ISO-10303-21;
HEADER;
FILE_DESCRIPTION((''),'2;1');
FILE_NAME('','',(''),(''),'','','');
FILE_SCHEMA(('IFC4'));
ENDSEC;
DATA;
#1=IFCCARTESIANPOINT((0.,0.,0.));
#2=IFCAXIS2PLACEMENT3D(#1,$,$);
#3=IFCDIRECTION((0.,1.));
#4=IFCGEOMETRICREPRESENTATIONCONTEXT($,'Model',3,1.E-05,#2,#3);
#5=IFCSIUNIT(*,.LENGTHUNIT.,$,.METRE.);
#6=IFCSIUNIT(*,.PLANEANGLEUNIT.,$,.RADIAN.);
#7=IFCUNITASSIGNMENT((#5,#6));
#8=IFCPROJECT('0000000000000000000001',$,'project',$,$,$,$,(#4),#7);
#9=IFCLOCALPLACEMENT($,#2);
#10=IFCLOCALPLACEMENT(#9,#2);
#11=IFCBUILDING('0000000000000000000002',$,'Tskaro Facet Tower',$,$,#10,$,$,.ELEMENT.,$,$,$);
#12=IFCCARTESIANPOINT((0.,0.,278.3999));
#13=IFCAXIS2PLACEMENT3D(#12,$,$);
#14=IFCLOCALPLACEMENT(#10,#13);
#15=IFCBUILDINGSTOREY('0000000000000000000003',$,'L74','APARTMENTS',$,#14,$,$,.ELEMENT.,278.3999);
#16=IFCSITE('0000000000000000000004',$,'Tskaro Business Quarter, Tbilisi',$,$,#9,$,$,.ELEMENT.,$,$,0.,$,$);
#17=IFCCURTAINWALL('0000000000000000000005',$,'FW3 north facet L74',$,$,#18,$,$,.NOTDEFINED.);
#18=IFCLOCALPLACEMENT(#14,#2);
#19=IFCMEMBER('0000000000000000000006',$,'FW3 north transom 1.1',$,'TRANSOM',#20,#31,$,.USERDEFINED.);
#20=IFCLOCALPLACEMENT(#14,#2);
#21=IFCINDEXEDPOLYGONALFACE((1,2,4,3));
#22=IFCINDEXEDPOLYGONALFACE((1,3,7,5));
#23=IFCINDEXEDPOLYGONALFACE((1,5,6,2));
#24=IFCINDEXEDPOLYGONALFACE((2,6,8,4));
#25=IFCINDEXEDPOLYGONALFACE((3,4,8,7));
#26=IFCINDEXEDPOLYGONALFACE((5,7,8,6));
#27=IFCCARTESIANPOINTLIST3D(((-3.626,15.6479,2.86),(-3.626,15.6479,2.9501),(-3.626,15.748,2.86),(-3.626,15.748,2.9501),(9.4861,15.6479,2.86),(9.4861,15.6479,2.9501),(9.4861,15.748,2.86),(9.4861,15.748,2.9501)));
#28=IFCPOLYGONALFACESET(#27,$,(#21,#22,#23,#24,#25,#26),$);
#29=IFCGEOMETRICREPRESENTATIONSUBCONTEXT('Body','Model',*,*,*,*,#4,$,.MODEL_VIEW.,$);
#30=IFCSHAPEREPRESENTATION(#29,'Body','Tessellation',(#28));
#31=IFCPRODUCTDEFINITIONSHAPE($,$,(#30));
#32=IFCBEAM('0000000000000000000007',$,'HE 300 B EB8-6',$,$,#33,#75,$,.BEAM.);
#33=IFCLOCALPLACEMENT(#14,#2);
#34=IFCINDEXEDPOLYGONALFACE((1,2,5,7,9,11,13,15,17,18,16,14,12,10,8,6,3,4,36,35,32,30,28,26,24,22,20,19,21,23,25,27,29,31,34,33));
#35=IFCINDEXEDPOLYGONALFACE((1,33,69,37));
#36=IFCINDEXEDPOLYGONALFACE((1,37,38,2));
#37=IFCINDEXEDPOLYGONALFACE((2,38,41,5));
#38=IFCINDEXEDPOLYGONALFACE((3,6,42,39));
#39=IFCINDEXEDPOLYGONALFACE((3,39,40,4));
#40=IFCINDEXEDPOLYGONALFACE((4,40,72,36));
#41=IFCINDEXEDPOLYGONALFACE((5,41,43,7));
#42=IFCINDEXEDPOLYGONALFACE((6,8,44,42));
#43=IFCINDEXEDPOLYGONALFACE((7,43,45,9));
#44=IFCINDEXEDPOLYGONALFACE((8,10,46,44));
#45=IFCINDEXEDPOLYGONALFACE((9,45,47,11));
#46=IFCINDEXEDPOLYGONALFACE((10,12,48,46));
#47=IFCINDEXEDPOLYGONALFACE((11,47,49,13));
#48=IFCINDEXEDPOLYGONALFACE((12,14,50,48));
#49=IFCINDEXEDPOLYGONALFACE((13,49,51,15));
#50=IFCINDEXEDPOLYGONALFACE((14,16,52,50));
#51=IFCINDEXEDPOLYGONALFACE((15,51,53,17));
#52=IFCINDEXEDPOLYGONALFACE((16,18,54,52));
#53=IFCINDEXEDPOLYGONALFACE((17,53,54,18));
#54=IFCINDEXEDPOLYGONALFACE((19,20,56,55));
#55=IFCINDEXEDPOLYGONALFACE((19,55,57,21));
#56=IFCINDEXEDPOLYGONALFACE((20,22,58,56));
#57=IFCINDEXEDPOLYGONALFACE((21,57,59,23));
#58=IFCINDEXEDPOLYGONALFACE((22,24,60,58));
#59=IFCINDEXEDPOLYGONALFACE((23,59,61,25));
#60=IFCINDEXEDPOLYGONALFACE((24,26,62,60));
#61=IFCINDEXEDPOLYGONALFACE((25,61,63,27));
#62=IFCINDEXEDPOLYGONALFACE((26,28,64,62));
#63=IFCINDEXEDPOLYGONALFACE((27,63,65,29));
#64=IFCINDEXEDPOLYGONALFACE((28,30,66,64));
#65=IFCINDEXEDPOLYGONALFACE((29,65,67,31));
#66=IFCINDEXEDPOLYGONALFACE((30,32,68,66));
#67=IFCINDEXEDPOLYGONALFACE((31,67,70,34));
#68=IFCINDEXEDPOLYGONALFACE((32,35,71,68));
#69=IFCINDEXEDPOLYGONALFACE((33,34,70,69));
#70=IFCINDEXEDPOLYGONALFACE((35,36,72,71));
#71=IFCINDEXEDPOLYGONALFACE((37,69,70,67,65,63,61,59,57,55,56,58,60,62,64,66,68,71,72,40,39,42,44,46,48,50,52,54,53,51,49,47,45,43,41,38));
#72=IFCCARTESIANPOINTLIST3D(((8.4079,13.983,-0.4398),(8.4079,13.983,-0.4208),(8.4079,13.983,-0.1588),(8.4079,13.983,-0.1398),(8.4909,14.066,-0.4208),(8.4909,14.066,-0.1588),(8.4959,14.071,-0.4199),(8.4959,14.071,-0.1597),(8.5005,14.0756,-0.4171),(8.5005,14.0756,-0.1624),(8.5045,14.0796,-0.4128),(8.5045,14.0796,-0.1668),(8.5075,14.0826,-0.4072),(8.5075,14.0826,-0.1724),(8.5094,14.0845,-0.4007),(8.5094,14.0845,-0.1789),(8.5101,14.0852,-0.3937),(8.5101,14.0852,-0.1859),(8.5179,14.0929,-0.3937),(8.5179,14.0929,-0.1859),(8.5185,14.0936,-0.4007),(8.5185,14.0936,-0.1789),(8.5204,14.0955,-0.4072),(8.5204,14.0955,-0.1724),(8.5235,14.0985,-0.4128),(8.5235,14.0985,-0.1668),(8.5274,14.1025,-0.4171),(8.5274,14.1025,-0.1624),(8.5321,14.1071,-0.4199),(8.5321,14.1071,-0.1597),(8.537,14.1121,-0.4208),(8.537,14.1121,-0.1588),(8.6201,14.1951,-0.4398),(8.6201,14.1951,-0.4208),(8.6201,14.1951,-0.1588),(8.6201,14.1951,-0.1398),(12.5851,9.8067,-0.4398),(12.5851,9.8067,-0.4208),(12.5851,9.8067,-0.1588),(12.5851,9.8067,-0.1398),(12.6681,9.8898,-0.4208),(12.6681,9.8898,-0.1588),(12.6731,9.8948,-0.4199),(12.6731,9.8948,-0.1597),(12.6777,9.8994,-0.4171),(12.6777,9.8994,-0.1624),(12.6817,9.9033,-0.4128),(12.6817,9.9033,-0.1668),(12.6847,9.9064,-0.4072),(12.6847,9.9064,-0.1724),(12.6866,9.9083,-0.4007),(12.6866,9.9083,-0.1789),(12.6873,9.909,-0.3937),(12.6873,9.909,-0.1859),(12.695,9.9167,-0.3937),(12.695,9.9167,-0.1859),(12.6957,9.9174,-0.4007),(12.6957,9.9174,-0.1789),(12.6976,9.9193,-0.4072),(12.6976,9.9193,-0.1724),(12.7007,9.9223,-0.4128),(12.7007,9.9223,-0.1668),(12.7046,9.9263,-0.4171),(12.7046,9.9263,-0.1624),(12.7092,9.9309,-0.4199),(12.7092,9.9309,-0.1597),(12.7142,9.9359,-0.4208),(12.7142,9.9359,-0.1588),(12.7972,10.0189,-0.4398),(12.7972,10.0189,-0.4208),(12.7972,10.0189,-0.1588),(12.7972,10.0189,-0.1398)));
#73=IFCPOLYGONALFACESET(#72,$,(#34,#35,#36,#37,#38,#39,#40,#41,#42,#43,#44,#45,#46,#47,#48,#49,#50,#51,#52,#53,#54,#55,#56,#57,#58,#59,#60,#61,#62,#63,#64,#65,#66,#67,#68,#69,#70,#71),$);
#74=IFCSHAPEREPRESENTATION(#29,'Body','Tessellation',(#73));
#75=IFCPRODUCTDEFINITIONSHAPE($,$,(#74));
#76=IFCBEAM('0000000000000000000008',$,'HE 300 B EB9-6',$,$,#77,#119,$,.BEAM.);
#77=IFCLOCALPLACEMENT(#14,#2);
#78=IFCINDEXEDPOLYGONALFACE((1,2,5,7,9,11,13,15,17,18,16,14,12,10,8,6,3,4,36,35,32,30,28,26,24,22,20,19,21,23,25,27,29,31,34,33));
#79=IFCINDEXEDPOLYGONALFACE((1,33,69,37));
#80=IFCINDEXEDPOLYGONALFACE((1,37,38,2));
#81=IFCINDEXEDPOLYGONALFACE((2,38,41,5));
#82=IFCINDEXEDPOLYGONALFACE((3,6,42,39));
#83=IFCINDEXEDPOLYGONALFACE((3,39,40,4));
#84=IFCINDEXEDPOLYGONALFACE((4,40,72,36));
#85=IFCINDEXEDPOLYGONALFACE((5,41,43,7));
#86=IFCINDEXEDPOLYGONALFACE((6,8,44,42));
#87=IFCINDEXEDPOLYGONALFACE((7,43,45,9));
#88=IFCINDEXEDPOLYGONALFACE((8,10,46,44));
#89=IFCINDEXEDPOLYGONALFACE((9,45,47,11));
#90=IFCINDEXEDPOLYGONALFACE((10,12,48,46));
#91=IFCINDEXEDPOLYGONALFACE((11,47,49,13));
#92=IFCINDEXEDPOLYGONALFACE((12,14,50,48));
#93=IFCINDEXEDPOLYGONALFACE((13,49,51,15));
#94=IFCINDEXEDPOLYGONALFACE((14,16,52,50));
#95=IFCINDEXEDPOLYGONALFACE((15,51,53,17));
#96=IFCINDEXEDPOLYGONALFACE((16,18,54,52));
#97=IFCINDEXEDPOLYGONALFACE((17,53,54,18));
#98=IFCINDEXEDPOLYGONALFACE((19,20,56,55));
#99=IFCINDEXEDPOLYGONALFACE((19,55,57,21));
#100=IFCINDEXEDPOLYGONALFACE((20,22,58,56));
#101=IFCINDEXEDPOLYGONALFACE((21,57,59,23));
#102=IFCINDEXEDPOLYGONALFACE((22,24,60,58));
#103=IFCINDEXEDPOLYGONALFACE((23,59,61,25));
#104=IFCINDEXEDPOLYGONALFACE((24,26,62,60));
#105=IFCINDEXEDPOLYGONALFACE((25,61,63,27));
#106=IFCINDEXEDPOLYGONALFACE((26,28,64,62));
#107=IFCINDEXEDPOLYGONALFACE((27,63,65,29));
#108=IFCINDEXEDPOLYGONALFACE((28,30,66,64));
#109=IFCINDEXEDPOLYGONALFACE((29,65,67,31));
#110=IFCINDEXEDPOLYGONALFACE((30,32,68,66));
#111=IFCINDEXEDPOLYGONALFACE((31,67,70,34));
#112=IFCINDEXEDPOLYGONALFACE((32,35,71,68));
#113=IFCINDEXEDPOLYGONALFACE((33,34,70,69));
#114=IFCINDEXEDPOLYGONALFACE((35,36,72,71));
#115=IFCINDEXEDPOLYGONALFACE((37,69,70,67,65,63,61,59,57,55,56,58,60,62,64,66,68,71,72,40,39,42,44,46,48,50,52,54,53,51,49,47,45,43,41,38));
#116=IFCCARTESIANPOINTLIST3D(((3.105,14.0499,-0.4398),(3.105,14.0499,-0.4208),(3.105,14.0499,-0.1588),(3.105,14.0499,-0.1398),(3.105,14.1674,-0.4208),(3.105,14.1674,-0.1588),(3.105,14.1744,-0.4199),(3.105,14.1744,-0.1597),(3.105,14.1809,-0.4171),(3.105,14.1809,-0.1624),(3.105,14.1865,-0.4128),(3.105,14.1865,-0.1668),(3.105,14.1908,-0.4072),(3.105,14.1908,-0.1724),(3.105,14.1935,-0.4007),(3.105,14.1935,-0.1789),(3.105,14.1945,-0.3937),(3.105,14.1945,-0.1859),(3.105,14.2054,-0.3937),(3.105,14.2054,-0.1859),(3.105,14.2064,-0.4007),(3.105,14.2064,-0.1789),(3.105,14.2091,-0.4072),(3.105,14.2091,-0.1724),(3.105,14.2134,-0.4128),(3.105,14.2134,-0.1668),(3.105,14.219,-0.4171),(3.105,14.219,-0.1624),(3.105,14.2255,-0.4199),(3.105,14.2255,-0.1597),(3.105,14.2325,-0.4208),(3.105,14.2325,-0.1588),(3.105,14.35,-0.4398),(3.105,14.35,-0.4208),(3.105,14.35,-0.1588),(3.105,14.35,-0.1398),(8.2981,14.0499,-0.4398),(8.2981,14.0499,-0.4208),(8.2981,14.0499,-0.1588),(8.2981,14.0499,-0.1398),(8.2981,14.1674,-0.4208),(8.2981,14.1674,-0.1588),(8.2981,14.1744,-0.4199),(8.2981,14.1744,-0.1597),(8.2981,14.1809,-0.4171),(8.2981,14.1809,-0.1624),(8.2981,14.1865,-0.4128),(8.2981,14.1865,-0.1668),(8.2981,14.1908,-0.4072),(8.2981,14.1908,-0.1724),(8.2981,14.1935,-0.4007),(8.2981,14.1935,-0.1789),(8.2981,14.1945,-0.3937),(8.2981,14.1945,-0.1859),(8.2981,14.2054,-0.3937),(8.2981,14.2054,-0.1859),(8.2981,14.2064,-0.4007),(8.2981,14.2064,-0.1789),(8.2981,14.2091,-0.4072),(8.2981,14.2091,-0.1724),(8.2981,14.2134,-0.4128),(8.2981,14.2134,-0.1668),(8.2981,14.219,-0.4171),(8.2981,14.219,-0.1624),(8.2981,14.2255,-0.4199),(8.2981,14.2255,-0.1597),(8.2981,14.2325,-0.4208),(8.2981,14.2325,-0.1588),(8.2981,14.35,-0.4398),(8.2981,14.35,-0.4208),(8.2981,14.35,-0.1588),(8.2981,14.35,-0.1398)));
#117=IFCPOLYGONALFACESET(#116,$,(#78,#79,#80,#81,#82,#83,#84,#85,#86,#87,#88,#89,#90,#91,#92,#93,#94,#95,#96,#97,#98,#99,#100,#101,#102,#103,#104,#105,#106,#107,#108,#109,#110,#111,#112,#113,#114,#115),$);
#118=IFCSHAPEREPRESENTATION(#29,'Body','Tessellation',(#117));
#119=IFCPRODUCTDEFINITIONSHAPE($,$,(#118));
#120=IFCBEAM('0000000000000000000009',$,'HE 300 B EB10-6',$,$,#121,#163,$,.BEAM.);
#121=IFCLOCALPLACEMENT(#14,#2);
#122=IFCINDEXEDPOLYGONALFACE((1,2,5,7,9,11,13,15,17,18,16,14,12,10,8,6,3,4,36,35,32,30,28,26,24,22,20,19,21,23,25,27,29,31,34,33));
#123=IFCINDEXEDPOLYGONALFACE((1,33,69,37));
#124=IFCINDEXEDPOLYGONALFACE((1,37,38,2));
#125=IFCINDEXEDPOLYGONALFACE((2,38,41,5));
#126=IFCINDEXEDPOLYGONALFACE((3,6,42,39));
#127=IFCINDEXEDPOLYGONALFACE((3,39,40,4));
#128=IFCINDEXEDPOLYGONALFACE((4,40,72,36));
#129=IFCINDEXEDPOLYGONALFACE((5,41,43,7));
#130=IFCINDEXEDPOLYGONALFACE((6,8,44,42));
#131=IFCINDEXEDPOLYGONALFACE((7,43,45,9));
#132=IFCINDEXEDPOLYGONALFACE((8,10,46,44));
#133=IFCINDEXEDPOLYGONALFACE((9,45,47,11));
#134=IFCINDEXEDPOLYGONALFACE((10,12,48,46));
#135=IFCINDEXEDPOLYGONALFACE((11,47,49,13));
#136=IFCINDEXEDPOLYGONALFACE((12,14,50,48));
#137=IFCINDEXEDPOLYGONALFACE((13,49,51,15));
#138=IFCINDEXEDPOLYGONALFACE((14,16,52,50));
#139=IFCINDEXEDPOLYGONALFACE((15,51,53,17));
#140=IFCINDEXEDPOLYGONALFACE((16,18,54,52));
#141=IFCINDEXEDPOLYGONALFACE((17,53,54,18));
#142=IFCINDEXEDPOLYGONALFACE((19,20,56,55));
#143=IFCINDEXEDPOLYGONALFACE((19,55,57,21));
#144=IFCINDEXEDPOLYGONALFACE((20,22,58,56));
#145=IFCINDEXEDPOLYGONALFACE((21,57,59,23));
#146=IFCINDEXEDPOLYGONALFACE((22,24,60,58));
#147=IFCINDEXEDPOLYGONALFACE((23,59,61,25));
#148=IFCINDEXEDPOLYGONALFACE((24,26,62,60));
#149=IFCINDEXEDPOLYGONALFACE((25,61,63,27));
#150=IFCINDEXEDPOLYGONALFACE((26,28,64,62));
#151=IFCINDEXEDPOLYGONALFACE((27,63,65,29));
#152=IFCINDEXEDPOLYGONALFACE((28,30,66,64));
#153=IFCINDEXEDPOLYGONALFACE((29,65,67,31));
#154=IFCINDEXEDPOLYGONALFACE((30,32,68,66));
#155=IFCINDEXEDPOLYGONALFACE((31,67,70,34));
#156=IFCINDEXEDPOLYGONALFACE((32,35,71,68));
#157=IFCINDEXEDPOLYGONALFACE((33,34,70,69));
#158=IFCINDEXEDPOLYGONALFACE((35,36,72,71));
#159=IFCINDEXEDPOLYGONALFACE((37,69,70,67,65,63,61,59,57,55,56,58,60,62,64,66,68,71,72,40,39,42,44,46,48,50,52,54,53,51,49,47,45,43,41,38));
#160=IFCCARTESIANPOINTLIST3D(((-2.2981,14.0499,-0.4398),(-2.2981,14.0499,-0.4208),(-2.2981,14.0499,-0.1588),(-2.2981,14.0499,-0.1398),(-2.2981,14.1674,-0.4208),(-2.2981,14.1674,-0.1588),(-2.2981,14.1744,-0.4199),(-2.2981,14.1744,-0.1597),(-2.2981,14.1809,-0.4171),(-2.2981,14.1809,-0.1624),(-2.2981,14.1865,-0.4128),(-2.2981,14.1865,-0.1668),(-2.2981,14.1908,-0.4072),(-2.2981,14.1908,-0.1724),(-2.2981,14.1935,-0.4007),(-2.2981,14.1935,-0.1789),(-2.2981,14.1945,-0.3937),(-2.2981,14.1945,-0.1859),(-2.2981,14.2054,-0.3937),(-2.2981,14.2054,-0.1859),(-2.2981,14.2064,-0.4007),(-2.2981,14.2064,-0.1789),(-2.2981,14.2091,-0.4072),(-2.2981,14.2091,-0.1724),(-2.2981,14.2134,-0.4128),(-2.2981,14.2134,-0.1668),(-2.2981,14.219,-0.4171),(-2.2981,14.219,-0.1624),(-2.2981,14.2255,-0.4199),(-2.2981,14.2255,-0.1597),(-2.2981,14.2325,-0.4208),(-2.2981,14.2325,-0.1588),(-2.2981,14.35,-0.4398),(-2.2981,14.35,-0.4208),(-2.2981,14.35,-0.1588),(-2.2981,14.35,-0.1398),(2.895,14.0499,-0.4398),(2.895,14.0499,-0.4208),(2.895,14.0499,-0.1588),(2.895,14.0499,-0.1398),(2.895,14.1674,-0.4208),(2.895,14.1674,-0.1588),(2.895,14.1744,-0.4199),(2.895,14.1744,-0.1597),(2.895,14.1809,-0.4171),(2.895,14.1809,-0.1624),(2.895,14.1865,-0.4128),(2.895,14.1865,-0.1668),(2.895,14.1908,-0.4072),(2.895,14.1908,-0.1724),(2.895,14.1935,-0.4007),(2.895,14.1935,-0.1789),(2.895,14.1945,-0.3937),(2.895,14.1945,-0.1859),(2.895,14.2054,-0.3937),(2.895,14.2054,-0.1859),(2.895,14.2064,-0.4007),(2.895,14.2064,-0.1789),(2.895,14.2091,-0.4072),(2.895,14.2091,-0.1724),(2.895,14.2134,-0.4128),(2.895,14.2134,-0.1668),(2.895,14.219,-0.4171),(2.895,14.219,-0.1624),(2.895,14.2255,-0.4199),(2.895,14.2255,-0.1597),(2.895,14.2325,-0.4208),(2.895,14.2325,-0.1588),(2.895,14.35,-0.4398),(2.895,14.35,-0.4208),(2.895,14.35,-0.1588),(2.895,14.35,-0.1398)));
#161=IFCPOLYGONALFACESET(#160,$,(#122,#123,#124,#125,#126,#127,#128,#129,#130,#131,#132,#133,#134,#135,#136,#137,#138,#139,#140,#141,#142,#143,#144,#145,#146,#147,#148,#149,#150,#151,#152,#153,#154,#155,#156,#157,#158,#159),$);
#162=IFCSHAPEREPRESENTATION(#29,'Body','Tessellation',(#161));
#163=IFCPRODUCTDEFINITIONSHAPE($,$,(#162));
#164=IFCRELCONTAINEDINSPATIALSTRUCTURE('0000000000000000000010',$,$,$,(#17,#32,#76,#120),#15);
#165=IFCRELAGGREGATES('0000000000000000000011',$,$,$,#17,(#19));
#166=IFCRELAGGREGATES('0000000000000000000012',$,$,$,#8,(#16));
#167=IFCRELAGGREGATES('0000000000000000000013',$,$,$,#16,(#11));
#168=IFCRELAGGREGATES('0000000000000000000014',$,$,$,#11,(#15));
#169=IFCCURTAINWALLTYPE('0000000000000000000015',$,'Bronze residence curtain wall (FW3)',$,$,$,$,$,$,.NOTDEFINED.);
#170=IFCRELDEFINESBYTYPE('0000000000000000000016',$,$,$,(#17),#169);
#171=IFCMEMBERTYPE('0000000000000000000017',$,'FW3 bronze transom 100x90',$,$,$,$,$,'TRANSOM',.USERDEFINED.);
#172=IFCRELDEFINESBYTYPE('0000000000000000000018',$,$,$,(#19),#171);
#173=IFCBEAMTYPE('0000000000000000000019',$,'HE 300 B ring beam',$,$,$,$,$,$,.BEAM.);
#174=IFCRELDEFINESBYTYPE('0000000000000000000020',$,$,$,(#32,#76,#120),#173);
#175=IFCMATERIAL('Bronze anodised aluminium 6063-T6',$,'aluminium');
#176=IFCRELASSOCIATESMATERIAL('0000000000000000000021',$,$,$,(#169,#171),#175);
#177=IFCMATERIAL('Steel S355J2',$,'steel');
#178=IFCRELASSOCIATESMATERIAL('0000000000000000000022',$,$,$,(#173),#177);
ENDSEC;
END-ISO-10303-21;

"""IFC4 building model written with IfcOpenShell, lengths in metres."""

from ifc_helpers import new_model, si_unit, direction, frame, origin, origin_2d, place, context, subcontext, project, spatial, rectangle, i_section, extrude, material, material_profile, profile_set, type_object, element, aggregate, save


model = new_model("IFC4")

# Units and contexts
model_context = context("Model", 3, precision=1e-05, world=origin(), true_north=direction((0.0, 1.0)))
body_context = subcontext(model_context, "Body", "Model", "MODEL_VIEW")
ifc_project = project(units=[si_unit("LENGTHUNIT", "METRE"), si_unit("PLANEANGLEUNIT", "RADIAN")], contexts=[model_context])

# Site, building, storey
site_placement = place(None, origin())
site = spatial("IfcSite", under=ifc_project, at=site_placement, Name="Tskaro Business Quarter, Tbilisi", CompositionType="ELEMENT", RefElevation=0.0)
building_placement = place(site_placement, origin())
building = spatial("IfcBuilding", under=site, at=building_placement, Name="Tskaro Facet Tower", CompositionType="ELEMENT")
storey_placement = place(building_placement, frame((0.0, 0.0, 278.3999)))
storey = spatial("IfcBuildingStorey", under=building, at=storey_placement, Name="L74", Description="APARTMENTS", CompositionType="ELEMENT", Elevation=278.3999)

# Shared definitions
ifc_material_1 = material(Name="Steel S355J2", Category="steel")

# Curtain wall
ifc_material_2 = material(Name="Bronze anodised aluminium 6063-T6", Category="aluminium")
curtain_wall_type = type_object("IfcCurtainWallType", Name="Bronze residence curtain wall (FW3)", PredefinedType="NOTDEFINED", material=ifc_material_2)
curtain_wall_1_placement = place(storey_placement, origin())
curtain_wall_1 = element("IfcCurtainWall", 1, at=curtain_wall_1_placement, inside=storey, type_object=curtain_wall_type, Name="FW3 north facet L74", PredefinedType="NOTDEFINED")
ifc_material_profile_1 = material_profile(ifc_material_2, rectangle(XDim=0.1001, YDim=0.0901, at=origin_2d()), Name="Transom 100x90")
ifc_profile_set_1 = profile_set([ifc_material_profile_1], Name="Bronze anodised aluminium 6063-T6")
member_type_1 = type_object("IfcMemberType", Name="FW3 bronze transom 100x90", ElementType="TRANSOM", PredefinedType="USERDEFINED", material=ifc_profile_set_1)

# Member
member_1_placement = place(storey_placement, frame((9.4861, 15.698, 2.905), z_axis=(-1.0, 0.0, 0.0), x_axis=(0.0, -1.0, 0.0)))
member_1 = element("IfcMember", 2, at=member_1_placement, type_object=member_type_1, Name="FW3 north transom 1.1", ObjectType="TRANSOM", PredefinedType="USERDEFINED", context=body_context, shape_type="SweptSolid", body=[
    extrude(rectangle(XDim=0.1001, YDim=0.0901, at=origin_2d()), origin(), (0.0, 0.0, 1.0), 13.1121),
])

# Beams
ifc_material_profile_2 = material_profile(ifc_material_1, i_section(OverallWidth=0.3, OverallDepth=0.3, WebThickness=0.011, FlangeThickness=0.019, FilletRadius=0.0271, at=origin_2d()), Name="HE 300 B")
ifc_profile_set_2 = profile_set([ifc_material_profile_2], Name="Steel S355J2")
beam_type_1 = type_object("IfcBeamType", Name="HE 300 B ring beam", PredefinedType="BEAM", material=ifc_profile_set_2)
beam_1_placement = place(storey_placement, frame((12.6912, 9.9128, -0.2898), z_axis=(-0.707189, 0.707024, 0.0), x_axis=(-0.707024, -0.707189, 0.0)))
element("IfcBeam", 3, at=beam_1_placement, inside=storey, type_object=beam_type_1, Name="HE 300 B EB8-6", PredefinedType="BEAM", context=body_context, shape_type="SweptSolid", body=[
    extrude(i_section(OverallWidth=0.3, OverallDepth=0.3, WebThickness=0.011, FlangeThickness=0.019, FilletRadius=0.0271, at=origin_2d()), origin(), (0.0, 0.0, 1.0), 5.9067),
])
for number, where, z_axis, x_axis, name in (
    (4, (8.2981, 14.2, -0.2898), (-1.0, 0.0, 0.0), (0.0, -1.0, 0.0), "HE 300 B EB9-6"),
    (5, (2.895, 14.2, -0.2898), (-1.0, 0.0, 0.0), (0.0, -1.0, 0.0), "HE 300 B EB10-6"),
):
    element("IfcBeam", number, at=place(storey_placement, frame(where, z_axis=z_axis, x_axis=x_axis)), inside=storey, type_object=beam_type_1, Name=name, PredefinedType="BEAM", context=body_context, shape_type="SweptSolid", body=[
        extrude(i_section(OverallWidth=0.3, OverallDepth=0.3, WebThickness=0.011, FlangeThickness=0.019, FilletRadius=0.0271, at=origin_2d()), origin(), (0.0, 0.0, 1.0), 5.1931),
    ])

aggregate(curtain_wall_1, [member_1])

save(model, "model.ifc")
